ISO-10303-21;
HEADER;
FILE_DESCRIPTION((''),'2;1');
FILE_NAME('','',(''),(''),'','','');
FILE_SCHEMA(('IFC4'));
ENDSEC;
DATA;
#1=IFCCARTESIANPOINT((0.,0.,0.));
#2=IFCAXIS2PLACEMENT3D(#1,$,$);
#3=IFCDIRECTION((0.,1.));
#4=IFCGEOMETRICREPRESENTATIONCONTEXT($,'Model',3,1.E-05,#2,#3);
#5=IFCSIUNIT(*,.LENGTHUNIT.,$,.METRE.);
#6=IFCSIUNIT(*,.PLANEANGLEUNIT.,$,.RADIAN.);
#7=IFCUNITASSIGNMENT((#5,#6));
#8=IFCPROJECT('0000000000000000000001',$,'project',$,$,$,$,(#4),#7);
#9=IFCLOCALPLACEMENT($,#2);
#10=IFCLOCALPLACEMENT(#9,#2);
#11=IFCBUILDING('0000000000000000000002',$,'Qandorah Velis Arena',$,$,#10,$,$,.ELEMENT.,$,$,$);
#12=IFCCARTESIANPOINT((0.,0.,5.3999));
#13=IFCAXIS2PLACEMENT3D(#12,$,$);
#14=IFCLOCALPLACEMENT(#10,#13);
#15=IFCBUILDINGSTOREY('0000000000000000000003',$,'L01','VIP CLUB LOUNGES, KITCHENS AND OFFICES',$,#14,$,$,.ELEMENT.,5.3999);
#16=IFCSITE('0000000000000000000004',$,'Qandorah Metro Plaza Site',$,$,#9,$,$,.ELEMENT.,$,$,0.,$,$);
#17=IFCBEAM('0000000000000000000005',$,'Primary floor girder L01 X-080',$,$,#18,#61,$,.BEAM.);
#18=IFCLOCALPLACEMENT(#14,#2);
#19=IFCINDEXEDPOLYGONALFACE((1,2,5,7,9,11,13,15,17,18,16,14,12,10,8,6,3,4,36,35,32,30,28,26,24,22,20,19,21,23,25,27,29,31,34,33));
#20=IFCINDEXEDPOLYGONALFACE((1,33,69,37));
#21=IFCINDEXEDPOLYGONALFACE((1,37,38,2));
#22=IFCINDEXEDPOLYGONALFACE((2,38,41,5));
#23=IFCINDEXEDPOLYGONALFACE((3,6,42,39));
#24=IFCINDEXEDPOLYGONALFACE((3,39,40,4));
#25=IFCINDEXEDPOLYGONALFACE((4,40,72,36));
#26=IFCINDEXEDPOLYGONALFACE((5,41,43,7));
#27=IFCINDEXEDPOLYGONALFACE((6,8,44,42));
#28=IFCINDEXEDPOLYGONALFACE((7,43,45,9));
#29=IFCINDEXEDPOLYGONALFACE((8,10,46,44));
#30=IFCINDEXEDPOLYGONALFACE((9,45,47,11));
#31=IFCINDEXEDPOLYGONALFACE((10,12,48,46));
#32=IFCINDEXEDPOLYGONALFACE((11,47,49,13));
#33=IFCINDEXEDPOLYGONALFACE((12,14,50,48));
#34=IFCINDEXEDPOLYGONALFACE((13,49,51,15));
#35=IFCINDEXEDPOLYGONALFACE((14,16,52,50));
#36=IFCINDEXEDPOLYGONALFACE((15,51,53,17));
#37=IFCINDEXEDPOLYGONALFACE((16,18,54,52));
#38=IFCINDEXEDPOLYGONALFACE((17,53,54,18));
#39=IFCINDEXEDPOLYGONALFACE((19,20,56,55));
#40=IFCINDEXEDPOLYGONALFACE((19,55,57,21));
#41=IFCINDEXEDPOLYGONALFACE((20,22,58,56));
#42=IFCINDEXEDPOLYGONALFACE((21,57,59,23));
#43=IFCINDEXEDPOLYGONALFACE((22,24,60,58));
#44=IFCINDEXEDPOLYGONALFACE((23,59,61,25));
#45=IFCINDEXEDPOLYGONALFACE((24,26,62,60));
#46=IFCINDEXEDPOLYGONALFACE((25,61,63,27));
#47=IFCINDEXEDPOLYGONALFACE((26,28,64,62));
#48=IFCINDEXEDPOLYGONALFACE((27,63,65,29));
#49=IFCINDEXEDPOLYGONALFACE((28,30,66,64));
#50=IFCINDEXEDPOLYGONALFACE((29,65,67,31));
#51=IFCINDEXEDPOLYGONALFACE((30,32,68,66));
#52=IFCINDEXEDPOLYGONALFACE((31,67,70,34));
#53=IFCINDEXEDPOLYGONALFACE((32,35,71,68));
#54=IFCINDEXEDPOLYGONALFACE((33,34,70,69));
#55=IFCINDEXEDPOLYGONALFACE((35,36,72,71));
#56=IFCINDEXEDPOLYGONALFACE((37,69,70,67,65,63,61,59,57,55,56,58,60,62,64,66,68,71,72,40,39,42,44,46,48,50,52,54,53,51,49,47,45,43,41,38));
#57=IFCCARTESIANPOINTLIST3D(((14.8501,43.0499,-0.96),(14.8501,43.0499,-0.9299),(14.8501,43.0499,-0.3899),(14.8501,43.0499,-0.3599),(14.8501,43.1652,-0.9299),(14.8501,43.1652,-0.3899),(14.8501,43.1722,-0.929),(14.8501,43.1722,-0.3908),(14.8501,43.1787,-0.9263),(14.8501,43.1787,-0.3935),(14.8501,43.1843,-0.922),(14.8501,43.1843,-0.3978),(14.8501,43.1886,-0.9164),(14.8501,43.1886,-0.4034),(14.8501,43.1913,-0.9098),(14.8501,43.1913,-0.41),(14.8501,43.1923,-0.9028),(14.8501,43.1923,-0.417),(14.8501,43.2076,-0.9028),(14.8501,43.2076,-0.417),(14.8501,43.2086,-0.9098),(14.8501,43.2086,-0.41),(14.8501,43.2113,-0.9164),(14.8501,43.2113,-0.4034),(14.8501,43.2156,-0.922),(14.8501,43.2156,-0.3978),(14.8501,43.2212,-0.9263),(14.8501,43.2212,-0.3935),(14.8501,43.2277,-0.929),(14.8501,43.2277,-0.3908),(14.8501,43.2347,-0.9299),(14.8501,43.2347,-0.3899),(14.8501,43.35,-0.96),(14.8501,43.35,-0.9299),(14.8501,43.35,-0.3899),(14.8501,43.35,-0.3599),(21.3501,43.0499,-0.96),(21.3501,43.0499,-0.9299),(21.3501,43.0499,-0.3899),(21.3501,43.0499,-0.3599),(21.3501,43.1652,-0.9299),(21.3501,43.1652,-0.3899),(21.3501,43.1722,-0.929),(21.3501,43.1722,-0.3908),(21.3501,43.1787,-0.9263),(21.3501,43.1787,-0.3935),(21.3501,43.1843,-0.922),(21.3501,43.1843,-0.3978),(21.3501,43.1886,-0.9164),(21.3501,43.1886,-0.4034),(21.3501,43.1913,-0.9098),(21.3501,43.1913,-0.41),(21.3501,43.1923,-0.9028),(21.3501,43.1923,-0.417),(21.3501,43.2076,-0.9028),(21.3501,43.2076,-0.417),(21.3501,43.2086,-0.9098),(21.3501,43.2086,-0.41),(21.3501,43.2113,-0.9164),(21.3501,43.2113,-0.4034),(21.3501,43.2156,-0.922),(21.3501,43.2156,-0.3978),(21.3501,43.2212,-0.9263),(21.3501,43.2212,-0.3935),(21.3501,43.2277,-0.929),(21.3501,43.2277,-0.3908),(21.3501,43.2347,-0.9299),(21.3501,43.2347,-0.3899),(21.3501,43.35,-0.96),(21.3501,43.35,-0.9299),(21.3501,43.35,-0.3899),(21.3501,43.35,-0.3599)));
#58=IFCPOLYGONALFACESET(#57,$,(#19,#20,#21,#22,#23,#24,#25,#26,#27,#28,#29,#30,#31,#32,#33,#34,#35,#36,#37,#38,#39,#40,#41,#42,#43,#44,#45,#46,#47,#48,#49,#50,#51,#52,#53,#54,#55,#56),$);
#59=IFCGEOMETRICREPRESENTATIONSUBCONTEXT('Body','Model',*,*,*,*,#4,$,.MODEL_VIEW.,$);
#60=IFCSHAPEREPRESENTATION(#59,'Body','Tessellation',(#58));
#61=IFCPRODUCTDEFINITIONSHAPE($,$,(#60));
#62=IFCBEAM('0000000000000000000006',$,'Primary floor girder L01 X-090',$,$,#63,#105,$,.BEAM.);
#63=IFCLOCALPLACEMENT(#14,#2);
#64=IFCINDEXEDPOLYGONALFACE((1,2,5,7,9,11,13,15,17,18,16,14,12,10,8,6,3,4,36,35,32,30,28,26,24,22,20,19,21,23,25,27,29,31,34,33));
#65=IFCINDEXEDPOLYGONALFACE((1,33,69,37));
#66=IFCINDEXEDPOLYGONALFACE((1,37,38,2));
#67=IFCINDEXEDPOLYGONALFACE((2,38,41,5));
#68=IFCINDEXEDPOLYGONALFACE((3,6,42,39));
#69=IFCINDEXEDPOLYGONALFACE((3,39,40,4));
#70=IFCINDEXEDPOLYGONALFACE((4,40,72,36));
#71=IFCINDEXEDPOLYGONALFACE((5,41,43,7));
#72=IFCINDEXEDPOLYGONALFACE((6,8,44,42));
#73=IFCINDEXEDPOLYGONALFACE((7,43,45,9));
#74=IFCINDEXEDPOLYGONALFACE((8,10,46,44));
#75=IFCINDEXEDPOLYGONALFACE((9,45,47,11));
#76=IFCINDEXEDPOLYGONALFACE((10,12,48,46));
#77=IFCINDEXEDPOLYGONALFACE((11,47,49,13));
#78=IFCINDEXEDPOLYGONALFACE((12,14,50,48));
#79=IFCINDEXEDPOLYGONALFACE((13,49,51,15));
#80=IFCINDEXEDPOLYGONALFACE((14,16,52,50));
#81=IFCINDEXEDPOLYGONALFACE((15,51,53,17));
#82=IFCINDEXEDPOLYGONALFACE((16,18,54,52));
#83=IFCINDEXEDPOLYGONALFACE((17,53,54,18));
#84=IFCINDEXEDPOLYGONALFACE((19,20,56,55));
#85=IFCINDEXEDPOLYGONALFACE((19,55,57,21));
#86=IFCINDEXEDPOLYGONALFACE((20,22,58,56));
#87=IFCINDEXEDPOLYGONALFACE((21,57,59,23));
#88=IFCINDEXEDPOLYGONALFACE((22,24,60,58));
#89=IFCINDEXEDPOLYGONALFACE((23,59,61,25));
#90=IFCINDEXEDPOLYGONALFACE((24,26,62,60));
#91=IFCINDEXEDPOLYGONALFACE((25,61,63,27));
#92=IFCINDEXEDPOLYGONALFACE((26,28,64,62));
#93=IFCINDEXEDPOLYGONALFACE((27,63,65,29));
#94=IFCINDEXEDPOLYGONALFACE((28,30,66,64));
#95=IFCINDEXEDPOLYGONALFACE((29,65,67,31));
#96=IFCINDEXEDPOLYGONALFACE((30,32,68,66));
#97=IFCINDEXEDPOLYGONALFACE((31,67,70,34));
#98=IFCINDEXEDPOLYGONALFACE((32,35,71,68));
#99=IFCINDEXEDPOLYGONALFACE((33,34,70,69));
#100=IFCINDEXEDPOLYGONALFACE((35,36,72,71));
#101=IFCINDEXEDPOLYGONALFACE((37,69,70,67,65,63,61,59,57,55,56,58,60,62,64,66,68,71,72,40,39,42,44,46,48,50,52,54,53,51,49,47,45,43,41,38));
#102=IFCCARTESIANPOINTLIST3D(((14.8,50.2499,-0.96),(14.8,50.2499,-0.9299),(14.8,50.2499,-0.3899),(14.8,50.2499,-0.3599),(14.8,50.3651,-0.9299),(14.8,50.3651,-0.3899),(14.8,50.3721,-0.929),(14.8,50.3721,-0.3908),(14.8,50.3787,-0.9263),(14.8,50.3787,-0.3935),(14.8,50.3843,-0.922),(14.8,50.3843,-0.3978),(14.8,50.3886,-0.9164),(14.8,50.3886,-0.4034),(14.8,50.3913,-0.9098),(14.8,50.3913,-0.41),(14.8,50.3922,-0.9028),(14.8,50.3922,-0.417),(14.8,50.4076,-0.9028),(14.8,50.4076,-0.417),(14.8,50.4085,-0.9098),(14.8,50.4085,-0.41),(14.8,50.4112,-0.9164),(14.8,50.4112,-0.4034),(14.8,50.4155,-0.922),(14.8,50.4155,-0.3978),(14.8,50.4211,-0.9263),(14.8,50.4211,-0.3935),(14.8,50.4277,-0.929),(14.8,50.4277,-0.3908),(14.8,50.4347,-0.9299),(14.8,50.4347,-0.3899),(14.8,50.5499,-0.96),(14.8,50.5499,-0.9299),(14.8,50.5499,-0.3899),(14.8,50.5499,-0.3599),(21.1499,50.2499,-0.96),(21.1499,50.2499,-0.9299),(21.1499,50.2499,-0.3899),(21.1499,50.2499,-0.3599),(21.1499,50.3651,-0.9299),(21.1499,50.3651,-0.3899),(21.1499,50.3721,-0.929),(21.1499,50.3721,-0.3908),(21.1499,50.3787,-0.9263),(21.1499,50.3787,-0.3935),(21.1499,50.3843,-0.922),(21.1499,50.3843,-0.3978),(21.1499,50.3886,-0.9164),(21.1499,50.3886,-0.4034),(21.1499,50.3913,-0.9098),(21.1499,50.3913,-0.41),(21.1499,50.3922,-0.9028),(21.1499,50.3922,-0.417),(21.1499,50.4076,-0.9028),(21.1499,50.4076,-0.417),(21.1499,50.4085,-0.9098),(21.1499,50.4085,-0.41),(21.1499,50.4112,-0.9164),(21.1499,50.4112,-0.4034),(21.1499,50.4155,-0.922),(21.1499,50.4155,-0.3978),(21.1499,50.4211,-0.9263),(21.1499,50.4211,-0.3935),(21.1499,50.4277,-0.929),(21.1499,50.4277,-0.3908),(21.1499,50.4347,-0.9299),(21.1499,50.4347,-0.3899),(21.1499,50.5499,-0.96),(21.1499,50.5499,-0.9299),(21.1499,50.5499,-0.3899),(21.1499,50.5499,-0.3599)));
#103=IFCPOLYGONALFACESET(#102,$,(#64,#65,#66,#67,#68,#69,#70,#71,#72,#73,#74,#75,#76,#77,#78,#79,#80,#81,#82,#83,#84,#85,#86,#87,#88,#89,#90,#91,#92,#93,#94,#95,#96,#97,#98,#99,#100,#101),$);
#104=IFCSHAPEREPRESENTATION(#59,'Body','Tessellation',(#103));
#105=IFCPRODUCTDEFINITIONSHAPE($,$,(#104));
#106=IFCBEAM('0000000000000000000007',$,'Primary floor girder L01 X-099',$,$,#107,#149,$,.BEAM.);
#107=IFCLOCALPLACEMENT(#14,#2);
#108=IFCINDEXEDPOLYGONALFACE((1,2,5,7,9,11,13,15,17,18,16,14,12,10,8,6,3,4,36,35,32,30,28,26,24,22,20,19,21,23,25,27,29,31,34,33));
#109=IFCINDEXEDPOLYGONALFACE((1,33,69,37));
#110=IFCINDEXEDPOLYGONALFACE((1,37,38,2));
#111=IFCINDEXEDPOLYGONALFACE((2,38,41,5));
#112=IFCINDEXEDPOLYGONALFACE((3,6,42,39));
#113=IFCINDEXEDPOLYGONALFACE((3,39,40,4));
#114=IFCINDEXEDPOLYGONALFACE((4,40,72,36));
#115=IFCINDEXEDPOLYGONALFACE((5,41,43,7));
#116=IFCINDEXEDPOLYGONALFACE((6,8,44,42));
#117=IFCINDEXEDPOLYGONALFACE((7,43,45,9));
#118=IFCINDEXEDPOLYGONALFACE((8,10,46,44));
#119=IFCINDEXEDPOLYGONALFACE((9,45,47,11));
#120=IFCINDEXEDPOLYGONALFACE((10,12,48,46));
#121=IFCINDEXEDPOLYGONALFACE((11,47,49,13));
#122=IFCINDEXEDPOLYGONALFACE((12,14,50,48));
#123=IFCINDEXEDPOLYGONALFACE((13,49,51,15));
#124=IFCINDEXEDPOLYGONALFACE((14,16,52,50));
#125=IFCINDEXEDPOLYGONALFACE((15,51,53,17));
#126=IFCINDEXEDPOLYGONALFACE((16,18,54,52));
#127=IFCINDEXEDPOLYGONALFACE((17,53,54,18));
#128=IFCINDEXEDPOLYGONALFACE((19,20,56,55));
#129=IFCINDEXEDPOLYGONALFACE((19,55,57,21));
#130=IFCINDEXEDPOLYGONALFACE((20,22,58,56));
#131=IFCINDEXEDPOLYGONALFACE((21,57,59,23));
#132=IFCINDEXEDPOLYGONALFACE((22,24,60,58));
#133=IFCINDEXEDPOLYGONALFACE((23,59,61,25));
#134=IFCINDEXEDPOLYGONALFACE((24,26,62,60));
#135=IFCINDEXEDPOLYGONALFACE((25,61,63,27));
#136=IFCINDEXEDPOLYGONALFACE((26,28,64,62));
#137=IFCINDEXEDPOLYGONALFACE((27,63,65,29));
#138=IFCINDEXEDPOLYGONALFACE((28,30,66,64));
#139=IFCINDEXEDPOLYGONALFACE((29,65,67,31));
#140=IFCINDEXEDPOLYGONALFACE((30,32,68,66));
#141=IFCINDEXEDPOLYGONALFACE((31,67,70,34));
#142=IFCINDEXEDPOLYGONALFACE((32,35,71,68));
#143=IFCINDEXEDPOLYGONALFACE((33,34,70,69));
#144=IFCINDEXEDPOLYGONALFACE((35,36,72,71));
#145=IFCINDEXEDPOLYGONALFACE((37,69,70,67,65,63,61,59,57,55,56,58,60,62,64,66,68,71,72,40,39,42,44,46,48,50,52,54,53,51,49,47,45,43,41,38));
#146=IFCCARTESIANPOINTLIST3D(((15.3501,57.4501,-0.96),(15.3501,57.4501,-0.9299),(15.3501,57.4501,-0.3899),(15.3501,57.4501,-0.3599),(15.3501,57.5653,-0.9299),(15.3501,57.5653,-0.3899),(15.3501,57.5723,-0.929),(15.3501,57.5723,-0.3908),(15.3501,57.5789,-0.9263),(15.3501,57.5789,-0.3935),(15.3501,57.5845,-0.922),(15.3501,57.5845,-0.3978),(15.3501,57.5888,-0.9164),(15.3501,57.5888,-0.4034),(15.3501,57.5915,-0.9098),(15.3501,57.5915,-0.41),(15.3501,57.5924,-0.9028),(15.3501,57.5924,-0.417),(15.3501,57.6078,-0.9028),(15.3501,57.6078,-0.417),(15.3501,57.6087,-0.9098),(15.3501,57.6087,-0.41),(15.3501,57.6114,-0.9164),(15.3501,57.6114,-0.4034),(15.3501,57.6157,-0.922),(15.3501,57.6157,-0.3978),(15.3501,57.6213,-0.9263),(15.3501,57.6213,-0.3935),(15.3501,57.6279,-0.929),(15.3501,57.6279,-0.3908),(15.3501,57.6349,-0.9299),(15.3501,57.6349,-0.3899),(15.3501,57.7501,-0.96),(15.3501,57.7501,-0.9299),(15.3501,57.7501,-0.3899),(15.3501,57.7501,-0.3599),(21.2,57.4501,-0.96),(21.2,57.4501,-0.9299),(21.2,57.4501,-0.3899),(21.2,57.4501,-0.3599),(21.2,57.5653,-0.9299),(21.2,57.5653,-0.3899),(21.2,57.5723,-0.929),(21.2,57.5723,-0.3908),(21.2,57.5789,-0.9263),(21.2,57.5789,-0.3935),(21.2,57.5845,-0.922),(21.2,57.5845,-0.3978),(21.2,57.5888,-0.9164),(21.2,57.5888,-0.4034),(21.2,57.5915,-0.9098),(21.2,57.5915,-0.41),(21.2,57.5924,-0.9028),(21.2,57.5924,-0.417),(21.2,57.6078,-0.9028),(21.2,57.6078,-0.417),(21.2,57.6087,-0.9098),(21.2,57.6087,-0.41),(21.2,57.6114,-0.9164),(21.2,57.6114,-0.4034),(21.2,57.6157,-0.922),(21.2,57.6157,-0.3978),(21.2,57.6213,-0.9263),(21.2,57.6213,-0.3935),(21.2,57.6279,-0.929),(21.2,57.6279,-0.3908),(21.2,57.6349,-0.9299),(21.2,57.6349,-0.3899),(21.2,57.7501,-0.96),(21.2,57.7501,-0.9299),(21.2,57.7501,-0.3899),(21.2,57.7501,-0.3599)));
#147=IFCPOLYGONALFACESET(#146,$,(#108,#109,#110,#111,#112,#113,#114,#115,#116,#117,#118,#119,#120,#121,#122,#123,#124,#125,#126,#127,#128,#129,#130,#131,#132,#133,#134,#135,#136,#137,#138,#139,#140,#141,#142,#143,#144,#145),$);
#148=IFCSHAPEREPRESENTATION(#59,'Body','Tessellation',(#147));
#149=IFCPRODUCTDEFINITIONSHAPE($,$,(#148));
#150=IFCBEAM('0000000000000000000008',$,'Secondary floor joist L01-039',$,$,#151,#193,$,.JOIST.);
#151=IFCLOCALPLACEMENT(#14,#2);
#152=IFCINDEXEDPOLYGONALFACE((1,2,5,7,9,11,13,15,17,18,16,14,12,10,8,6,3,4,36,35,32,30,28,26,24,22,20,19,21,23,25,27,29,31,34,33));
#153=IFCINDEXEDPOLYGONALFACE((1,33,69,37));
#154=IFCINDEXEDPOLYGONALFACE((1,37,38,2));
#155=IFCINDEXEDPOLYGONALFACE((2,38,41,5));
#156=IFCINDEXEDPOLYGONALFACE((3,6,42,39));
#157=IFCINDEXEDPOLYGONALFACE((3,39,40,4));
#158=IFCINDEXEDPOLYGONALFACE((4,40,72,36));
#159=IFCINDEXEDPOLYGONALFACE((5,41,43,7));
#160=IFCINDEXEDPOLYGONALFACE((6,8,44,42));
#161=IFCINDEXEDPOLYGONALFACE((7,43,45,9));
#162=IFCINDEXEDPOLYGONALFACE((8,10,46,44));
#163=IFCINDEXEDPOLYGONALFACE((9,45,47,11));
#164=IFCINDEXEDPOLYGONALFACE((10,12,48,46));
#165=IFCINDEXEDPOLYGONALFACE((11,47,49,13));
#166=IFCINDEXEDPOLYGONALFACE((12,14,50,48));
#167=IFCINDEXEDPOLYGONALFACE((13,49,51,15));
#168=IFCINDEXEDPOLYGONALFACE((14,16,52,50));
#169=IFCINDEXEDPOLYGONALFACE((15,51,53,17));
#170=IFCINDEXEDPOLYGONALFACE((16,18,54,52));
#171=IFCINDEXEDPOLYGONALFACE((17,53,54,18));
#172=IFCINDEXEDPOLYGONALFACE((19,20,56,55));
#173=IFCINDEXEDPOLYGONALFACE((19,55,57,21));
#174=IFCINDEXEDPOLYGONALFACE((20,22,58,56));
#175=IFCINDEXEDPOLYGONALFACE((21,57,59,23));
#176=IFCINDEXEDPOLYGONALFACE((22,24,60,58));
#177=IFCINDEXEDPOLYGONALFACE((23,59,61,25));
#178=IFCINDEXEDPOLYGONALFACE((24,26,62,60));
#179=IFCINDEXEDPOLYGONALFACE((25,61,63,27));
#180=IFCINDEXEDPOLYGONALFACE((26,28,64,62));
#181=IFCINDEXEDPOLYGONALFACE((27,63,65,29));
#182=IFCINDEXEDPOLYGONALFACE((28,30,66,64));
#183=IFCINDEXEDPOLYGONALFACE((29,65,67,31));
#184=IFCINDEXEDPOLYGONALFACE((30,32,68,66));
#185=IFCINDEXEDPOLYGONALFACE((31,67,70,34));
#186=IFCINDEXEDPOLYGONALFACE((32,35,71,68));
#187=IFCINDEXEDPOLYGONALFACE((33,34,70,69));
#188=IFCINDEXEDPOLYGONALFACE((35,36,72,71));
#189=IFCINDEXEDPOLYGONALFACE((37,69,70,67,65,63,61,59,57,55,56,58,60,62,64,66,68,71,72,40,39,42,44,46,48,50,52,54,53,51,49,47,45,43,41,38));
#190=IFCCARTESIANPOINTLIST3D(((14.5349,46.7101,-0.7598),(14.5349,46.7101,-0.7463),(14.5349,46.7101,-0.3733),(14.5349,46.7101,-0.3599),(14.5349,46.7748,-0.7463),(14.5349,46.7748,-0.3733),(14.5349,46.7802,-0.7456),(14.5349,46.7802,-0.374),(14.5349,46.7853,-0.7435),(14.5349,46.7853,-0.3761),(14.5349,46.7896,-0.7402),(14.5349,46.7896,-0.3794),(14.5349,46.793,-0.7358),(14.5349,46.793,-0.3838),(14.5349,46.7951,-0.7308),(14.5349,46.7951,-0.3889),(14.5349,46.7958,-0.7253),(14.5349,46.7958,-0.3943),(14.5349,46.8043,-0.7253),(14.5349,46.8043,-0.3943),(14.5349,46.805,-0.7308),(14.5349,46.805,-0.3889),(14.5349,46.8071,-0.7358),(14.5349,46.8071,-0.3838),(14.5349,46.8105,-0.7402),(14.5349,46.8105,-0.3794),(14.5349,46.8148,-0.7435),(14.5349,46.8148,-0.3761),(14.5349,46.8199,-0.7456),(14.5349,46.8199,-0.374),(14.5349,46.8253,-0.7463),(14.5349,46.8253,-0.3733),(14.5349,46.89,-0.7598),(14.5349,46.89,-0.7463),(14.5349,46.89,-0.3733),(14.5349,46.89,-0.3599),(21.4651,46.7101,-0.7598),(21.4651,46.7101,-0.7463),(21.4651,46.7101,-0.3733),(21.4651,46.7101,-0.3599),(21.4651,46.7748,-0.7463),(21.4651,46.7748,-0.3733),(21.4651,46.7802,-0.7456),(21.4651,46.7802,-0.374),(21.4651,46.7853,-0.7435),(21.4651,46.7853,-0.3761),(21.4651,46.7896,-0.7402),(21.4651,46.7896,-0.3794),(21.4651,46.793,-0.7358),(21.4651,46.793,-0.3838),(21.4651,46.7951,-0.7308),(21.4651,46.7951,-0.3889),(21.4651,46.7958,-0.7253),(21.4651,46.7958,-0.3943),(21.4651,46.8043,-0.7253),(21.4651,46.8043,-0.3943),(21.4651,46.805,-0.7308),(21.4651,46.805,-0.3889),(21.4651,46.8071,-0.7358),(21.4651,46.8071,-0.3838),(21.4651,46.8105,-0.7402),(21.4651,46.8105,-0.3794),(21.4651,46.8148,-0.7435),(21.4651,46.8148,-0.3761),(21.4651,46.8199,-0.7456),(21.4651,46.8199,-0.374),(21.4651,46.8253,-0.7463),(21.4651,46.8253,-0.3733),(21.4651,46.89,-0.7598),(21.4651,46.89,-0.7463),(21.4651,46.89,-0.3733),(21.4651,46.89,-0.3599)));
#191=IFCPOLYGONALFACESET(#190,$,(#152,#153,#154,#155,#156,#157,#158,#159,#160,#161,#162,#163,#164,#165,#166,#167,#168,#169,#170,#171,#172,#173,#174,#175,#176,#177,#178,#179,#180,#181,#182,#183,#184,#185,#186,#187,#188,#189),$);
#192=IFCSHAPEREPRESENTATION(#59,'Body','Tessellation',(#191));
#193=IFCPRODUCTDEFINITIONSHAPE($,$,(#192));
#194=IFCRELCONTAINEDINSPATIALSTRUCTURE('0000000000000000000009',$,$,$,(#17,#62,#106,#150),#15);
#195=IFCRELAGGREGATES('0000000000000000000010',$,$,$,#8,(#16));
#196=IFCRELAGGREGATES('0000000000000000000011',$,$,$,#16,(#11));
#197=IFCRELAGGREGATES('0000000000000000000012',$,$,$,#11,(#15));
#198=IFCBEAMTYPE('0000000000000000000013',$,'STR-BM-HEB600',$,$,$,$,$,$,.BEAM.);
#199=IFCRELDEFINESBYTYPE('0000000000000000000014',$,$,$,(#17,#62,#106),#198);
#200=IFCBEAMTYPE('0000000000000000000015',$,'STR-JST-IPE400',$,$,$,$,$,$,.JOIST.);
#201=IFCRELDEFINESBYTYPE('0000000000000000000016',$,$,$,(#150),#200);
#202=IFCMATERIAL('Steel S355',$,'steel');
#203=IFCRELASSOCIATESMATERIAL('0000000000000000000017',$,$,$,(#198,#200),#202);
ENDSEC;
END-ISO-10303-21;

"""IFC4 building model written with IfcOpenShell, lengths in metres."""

from ifc_helpers import new_model, si_unit, direction, frame, origin, origin_2d, place, context, subcontext, project, spatial, i_section, extrude, material, material_profile, profile_set, type_object, element, save


model = new_model("IFC4")

# Units and contexts
model_context = context("Model", 3, precision=1e-05, world=origin(), true_north=direction((0.0, 1.0)))
body_context = subcontext(model_context, "Body", "Model", "MODEL_VIEW")
ifc_project = project(units=[si_unit("LENGTHUNIT", "METRE"), si_unit("PLANEANGLEUNIT", "RADIAN")], contexts=[model_context])

# Site, building, storey
site_placement = place(None, origin())
site = spatial("IfcSite", under=ifc_project, at=site_placement, Name="Qandorah Metro Plaza Site", CompositionType="ELEMENT", RefElevation=0.0)
building_placement = place(site_placement, origin())
building = spatial("IfcBuilding", under=site, at=building_placement, Name="Qandorah Velis Arena", CompositionType="ELEMENT")
storey_placement = place(building_placement, frame((0.0, 0.0, 5.3999)))
storey = spatial("IfcBuildingStorey", under=building, at=storey_placement, Name="L01", Description="VIP CLUB LOUNGES, KITCHENS AND OFFICES", CompositionType="ELEMENT", Elevation=5.3999)

# Beams
ifc_material_1 = material(Name="Steel S355", Category="steel")
ifc_material_profile_1 = material_profile(ifc_material_1, i_section(OverallWidth=0.3, OverallDepth=0.6001, WebThickness=0.0154, FlangeThickness=0.03, FilletRadius=0.0271, at=origin_2d()), Name="HEB 600")
ifc_profile_set_1 = profile_set([ifc_material_profile_1], Name="Steel S355")
beam_type_1 = type_object("IfcBeamType", Name="STR-BM-HEB600", PredefinedType="BEAM", material=ifc_profile_set_1)
beam_1_placement = place(storey_placement, frame((14.8501, 43.2, -0.6599), z_axis=(1.0, 0.0, 0.0), x_axis=(0.0, 1.0, 0.0)))
element("IfcBeam", 1, at=beam_1_placement, inside=storey, type_object=beam_type_1, Name="Primary floor girder L01 X-080", PredefinedType="BEAM", context=body_context, shape_type="SweptSolid", body=[
    extrude(i_section(OverallWidth=0.3, OverallDepth=0.6001, WebThickness=0.0154, FlangeThickness=0.03, FilletRadius=0.0271, at=origin_2d()), origin(), (0.0, 0.0, 1.0), 6.5),
])
beam_2_placement = place(storey_placement, frame((14.8, 50.3999, -0.6599), z_axis=(1.0, 0.0, 0.0), x_axis=(0.0, 1.0, 0.0)))
element("IfcBeam", 2, at=beam_2_placement, inside=storey, type_object=beam_type_1, Name="Primary floor girder L01 X-090", PredefinedType="BEAM", context=body_context, shape_type="SweptSolid", body=[
    extrude(i_section(OverallWidth=0.3, OverallDepth=0.6001, WebThickness=0.0154, FlangeThickness=0.03, FilletRadius=0.0271, at=origin_2d()), origin(), (0.0, 0.0, 1.0), 6.3499),
])
beam_3_placement = place(storey_placement, frame((15.3501, 57.6001, -0.6599), z_axis=(1.0, 0.0, 0.0), x_axis=(0.0, 1.0, 0.0)))
element("IfcBeam", 3, at=beam_3_placement, inside=storey, type_object=beam_type_1, Name="Primary floor girder L01 X-099", PredefinedType="BEAM", context=body_context, shape_type="SweptSolid", body=[
    extrude(i_section(OverallWidth=0.3, OverallDepth=0.6001, WebThickness=0.0154, FlangeThickness=0.03, FilletRadius=0.0271, at=origin_2d()), origin(), (0.0, 0.0, 1.0), 5.8499),
])
ifc_material_profile_2 = material_profile(ifc_material_1, i_section(OverallWidth=0.1799, OverallDepth=0.3999, WebThickness=0.0085, FlangeThickness=0.0134, FilletRadius=0.021, at=origin_2d()), Name="IPE 400")
ifc_profile_set_2 = profile_set([ifc_material_profile_2], Name="Steel S355")
beam_type_2 = type_object("IfcBeamType", Name="STR-JST-IPE400", PredefinedType="JOIST", material=ifc_profile_set_2)
for number, where, z_axis, x_axis, name in (
    (4, (14.5349, 46.8, -0.5598), (1.0, 0.0, 0.0), (0.0, 1.0, 0.0), "Secondary floor joist L01-039"),
):
    element("IfcBeam", number, at=place(storey_placement, frame(where, z_axis=z_axis, x_axis=x_axis)), inside=storey, type_object=beam_type_2, Name=name, PredefinedType="JOIST", context=body_context, shape_type="SweptSolid", body=[
        extrude(i_section(OverallWidth=0.1799, OverallDepth=0.3999, WebThickness=0.0085, FlangeThickness=0.0134, FilletRadius=0.021, at=origin_2d()), origin(), (0.0, 0.0, 1.0), 6.9302),
    ])

save(model, "model.ifc")
